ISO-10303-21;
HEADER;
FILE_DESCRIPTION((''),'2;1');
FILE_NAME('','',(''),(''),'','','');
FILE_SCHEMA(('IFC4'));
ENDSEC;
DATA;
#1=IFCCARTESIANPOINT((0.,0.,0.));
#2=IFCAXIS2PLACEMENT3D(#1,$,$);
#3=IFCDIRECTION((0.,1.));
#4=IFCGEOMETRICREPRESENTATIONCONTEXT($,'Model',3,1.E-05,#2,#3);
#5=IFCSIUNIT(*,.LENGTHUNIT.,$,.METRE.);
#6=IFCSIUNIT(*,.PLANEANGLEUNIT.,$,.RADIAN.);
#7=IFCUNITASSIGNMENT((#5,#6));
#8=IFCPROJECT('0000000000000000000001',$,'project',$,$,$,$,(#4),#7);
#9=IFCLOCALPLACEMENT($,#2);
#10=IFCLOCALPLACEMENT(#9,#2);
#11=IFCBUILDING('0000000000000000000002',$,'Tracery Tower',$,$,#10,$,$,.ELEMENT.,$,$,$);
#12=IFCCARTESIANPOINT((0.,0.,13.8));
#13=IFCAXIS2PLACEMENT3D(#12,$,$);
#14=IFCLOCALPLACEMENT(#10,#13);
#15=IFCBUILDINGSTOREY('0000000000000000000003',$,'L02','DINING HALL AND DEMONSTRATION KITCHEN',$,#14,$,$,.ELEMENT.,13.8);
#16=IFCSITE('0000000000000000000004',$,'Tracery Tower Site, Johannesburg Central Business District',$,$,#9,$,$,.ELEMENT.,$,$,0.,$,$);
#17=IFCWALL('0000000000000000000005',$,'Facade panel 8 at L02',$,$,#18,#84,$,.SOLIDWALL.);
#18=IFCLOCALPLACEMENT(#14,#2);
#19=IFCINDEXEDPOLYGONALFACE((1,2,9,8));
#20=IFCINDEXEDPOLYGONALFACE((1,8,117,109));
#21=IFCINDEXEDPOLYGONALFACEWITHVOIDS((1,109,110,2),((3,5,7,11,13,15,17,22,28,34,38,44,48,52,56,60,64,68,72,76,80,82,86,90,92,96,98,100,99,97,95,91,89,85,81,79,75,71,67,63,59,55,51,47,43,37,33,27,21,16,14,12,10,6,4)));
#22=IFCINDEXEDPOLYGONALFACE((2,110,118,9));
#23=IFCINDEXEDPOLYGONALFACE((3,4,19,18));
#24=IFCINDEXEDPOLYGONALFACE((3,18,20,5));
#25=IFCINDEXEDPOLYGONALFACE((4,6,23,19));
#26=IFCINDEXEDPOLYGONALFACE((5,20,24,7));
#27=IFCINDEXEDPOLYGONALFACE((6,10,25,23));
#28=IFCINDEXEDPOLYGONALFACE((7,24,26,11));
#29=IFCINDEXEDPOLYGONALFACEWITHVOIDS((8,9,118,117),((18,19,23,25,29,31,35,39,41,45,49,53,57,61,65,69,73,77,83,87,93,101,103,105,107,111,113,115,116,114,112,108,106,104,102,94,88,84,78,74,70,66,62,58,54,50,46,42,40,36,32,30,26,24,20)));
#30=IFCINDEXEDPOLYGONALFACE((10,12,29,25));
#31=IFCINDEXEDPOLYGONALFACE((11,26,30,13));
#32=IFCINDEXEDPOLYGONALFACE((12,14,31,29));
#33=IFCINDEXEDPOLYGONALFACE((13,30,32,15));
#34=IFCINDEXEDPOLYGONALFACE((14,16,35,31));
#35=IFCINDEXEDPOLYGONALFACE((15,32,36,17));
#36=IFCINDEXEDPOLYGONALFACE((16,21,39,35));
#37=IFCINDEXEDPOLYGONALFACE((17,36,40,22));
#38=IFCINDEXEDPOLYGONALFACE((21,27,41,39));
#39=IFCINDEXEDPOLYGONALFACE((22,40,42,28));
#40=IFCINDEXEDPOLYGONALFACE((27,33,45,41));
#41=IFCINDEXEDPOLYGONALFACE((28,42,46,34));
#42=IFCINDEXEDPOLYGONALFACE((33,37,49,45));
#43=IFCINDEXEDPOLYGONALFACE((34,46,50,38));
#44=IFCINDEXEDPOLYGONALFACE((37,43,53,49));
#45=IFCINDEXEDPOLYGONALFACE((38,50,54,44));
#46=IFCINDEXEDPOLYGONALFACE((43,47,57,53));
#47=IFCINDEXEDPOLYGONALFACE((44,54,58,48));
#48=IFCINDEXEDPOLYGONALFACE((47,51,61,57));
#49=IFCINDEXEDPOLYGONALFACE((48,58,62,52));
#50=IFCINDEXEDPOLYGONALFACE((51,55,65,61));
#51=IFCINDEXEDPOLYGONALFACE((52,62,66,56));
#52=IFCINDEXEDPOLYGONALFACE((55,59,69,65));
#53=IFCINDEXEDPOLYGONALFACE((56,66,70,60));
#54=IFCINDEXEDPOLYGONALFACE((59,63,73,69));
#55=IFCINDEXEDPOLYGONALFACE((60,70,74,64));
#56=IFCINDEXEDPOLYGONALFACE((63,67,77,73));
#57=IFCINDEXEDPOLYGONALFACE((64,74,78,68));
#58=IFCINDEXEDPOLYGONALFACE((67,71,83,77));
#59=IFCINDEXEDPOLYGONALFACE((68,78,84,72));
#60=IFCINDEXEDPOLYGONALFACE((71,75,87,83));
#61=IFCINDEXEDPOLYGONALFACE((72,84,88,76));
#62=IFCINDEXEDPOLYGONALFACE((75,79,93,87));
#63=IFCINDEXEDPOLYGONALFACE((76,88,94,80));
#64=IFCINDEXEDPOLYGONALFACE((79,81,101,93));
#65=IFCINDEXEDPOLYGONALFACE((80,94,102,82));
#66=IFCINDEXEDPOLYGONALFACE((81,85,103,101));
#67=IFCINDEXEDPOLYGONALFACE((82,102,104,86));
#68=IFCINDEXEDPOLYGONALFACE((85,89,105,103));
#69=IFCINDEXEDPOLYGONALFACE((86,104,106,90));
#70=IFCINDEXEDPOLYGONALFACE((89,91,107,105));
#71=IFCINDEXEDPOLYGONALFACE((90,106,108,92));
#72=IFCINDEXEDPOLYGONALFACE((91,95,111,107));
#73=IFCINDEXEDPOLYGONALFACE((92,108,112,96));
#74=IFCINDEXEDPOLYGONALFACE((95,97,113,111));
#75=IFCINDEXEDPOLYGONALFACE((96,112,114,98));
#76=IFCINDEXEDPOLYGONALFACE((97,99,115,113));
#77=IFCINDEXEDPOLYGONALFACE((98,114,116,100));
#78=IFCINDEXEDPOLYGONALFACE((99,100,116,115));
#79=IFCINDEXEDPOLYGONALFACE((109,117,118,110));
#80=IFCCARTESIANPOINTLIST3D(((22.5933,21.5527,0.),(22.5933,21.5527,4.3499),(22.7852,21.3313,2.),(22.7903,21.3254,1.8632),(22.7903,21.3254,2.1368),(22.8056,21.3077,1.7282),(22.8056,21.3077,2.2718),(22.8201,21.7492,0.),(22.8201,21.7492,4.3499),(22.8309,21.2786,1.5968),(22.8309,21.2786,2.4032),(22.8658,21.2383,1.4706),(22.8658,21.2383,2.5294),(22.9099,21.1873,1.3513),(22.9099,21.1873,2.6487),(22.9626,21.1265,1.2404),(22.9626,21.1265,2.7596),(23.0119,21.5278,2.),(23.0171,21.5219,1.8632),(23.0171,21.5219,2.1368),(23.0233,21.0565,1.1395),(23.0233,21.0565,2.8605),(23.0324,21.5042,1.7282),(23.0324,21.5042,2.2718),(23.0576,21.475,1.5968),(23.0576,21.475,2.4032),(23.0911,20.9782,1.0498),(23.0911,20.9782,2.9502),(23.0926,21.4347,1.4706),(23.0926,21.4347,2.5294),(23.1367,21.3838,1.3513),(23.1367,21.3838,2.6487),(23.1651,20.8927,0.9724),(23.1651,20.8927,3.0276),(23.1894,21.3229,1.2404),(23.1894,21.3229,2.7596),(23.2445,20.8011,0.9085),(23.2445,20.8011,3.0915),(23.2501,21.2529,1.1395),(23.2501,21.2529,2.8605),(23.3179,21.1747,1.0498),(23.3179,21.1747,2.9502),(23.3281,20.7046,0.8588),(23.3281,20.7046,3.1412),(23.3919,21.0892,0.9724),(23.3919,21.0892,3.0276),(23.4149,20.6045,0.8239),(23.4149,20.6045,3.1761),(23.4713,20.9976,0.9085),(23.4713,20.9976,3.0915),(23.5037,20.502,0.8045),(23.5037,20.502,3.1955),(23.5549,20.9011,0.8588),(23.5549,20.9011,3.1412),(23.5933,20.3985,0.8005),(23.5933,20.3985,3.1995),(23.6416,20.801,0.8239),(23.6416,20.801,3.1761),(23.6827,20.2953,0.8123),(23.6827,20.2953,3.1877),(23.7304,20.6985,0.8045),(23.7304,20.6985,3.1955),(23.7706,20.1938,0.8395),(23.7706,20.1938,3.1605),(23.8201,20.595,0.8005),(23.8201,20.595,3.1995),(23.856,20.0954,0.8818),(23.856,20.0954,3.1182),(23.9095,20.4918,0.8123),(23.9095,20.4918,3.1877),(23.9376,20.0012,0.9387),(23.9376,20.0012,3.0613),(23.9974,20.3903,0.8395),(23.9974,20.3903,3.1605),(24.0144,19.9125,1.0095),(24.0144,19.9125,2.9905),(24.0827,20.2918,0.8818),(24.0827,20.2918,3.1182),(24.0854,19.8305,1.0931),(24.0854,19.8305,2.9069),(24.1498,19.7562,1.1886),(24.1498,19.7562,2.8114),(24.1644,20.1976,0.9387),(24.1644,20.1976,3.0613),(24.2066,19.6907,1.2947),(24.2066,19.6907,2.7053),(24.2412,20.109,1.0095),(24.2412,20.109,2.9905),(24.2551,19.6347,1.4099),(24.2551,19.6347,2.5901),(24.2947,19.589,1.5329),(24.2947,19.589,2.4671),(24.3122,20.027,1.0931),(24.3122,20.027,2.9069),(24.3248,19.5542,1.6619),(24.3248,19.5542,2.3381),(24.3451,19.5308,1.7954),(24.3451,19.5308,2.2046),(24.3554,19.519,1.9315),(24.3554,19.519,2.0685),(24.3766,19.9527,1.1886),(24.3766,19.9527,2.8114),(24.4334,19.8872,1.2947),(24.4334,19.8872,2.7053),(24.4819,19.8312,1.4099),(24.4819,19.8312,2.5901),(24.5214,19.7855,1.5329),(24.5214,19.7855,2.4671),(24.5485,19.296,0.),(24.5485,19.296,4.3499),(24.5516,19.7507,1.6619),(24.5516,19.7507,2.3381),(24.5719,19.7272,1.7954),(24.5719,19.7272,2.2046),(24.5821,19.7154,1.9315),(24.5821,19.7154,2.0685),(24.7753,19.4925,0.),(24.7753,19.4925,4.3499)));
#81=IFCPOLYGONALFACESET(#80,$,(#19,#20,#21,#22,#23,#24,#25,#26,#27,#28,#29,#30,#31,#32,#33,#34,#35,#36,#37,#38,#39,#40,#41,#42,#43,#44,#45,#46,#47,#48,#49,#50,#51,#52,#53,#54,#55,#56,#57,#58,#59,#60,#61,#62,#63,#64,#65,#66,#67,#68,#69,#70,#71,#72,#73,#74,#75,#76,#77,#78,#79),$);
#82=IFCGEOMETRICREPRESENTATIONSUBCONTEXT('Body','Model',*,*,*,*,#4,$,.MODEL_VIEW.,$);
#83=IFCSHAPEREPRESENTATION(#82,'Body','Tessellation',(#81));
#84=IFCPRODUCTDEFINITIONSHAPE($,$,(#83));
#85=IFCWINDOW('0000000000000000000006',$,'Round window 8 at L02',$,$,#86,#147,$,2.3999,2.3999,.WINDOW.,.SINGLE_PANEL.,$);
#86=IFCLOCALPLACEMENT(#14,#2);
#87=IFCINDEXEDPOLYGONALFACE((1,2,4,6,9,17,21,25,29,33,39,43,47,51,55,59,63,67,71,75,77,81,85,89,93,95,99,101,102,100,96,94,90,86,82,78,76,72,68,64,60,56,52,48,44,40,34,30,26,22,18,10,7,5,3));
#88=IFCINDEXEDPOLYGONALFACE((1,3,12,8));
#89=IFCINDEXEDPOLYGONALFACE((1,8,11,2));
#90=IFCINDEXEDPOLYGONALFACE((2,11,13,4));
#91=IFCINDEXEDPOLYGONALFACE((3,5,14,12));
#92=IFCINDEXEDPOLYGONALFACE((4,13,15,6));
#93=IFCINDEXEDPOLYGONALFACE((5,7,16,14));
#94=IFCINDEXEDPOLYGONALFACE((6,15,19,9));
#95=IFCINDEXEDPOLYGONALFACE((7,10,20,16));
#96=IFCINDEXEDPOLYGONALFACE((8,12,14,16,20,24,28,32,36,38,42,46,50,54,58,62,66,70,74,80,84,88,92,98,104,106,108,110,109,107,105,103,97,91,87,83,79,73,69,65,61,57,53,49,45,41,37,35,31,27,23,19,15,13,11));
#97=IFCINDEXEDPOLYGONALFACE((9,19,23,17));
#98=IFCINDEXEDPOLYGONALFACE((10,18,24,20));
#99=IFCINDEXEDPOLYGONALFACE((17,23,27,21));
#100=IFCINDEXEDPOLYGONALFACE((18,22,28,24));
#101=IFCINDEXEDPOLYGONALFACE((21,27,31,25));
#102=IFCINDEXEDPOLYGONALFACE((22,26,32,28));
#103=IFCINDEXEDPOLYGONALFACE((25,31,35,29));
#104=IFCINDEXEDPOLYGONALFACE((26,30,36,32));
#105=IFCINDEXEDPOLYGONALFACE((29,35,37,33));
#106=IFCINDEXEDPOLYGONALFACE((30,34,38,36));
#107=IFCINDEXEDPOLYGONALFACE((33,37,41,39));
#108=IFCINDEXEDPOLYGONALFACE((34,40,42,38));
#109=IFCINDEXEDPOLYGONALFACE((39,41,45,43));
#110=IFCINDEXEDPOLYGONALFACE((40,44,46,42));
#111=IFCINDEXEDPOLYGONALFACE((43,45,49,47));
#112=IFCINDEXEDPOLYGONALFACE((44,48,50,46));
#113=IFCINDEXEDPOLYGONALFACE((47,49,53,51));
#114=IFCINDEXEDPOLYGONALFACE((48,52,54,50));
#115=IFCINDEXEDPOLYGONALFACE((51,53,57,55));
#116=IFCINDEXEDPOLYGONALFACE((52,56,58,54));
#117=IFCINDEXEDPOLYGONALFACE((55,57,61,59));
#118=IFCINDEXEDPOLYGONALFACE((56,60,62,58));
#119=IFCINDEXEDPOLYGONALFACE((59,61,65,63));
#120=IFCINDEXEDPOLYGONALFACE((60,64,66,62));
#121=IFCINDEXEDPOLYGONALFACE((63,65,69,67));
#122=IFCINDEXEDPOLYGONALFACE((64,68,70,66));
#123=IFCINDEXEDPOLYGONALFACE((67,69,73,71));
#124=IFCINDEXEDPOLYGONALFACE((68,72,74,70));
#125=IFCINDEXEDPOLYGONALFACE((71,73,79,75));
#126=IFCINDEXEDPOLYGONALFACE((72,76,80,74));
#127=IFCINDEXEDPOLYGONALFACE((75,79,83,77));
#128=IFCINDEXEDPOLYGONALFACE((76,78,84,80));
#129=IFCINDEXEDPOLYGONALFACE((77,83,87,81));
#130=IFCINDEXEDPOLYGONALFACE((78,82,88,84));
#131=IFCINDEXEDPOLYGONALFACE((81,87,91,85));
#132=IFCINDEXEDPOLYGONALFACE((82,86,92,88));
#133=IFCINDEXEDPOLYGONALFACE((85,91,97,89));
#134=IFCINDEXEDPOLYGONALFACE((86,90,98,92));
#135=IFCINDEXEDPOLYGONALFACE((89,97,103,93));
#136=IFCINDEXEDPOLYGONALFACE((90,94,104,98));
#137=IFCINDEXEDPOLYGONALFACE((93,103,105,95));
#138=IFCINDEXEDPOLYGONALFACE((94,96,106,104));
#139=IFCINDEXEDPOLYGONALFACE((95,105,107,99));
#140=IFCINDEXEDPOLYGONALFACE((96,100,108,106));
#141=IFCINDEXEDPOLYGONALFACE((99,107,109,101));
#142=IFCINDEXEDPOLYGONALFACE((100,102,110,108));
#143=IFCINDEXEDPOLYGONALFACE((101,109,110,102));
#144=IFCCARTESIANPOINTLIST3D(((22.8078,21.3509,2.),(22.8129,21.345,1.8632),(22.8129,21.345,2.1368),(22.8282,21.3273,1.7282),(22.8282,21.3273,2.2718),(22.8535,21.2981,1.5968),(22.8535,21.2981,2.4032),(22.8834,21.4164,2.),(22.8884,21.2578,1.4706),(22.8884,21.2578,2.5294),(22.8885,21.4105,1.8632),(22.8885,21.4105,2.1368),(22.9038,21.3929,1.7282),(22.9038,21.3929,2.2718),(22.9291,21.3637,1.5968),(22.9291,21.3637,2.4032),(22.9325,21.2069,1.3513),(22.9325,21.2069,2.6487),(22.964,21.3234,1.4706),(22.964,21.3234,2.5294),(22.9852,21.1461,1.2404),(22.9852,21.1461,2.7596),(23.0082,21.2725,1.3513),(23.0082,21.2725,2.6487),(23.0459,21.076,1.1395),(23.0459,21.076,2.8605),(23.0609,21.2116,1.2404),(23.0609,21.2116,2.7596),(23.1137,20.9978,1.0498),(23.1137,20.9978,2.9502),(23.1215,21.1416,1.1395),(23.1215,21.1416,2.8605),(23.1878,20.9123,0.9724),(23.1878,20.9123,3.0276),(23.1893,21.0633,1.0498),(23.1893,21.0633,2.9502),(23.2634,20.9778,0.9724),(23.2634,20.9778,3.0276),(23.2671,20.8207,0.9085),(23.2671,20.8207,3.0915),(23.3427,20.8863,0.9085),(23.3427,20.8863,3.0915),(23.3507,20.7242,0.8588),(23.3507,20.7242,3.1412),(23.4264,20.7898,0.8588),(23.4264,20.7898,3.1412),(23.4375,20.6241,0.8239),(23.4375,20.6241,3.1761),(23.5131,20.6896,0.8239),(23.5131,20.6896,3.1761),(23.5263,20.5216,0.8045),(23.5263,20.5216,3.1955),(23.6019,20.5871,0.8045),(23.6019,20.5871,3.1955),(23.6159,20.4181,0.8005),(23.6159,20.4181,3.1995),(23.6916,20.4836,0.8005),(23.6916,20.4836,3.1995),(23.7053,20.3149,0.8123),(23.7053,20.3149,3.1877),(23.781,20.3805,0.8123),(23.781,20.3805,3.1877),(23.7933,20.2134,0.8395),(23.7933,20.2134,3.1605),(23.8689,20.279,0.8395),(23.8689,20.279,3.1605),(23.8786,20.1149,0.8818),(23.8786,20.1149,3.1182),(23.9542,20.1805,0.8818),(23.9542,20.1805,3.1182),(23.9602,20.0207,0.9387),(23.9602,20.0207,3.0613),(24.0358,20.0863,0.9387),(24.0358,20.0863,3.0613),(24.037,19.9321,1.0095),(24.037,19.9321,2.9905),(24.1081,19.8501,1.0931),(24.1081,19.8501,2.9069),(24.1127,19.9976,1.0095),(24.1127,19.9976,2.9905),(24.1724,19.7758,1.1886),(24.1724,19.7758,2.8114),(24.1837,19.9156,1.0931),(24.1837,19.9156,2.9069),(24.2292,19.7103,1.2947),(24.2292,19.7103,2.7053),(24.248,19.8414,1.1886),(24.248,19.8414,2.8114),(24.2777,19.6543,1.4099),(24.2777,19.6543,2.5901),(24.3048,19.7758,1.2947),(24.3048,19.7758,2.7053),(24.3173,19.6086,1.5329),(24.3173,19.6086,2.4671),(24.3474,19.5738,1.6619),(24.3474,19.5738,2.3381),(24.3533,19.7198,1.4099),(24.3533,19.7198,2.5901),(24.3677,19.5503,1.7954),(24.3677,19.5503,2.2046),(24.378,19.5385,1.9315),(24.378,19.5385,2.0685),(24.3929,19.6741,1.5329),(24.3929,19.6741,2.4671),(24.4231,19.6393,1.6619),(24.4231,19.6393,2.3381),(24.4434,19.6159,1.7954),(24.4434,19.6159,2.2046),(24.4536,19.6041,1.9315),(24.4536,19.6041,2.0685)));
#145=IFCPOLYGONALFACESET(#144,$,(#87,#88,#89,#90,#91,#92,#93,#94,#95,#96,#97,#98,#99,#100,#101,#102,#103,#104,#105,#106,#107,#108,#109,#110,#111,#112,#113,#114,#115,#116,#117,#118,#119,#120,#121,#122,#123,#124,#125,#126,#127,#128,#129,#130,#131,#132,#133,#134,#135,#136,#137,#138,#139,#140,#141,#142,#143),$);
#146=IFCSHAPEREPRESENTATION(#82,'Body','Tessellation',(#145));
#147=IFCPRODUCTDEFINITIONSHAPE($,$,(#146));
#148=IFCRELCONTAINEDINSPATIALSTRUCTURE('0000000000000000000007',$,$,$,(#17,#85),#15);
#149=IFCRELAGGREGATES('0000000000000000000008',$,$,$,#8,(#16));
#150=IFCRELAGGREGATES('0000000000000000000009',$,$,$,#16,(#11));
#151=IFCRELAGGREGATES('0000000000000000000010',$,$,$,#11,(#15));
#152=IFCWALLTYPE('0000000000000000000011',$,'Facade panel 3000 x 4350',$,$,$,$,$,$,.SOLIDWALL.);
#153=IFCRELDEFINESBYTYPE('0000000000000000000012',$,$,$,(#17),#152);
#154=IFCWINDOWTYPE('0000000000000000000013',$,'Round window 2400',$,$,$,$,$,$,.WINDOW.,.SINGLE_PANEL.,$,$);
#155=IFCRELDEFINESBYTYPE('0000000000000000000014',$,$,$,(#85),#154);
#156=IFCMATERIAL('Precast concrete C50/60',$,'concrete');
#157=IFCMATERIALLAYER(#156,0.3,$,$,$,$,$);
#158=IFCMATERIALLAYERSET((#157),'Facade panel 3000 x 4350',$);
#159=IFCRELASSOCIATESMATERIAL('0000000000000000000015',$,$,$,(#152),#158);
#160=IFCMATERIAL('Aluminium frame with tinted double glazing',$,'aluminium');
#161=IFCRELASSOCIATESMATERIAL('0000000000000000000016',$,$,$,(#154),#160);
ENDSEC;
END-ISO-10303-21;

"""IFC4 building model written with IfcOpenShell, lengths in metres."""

from ifc_helpers import new_model, si_unit, direction, frame, frame_2d, origin, origin_2d, place, context, subcontext, project, spatial, rectangle, circle, extrude, material, layer, layer_set, type_object, element, fill, save


model = new_model("IFC4")

# Units and contexts
model_context = context("Model", 3, precision=1e-05, world=origin(), true_north=direction((0.0, 1.0)))
body_context = subcontext(model_context, "Body", "Model", "MODEL_VIEW")
ifc_project = project(units=[si_unit("LENGTHUNIT", "METRE"), si_unit("PLANEANGLEUNIT", "RADIAN")], contexts=[model_context])

# Site, building, storey
site_placement = place(None, origin())
site = spatial("IfcSite", under=ifc_project, at=site_placement, Name="Tracery Tower Site, Johannesburg Central Business District", CompositionType="ELEMENT", RefElevation=0.0)
building_placement = place(site_placement, origin())
building = spatial("IfcBuilding", under=site, at=building_placement, Name="Tracery Tower", CompositionType="ELEMENT")
storey_placement = place(building_placement, frame((0.0, 0.0, 13.8)))
storey = spatial("IfcBuildingStorey", under=building, at=storey_placement, Name="L02", Description="DINING HALL AND DEMONSTRATION KITCHEN", CompositionType="ELEMENT", Elevation=13.8)

# Wall, opening, window
ifc_material_1 = material(Name="Precast concrete C50/60", Category="concrete")
ifc_layer_1 = layer(ifc_material_1, 0.3)
ifc_layer_set_1 = layer_set([ifc_layer_1], Name="Facade panel 3000 x 4350")
wall_type_1 = type_object("IfcWallType", Name="Facade panel 3000 x 4350", PredefinedType="SOLIDWALL", material=ifc_layer_set_1)
ifc_material_2 = material(Name="Aluminium frame with tinted double glazing", Category="aluminium")
window_type = type_object("IfcWindowType", Name="Round window 2400", PartitioningType="SINGLE_PANEL", PredefinedType="WINDOW", material=ifc_material_2)
wall_1_placement = place(storey_placement, frame((24.6619, 19.3943, 0.0), z_axis=(0.0, 0.0, 1.0), x_axis=(-0.654809, 0.755794, 0.0)))
wall_1 = element("IfcWall", 1, at=wall_1_placement, inside=storey, type_object=wall_type_1, Name="Facade panel 8 at L02", PredefinedType="SOLIDWALL", context=body_context, shape_type="SweptSolid", body=[
    extrude(rectangle(XDim=2.9858, YDim=0.3, at=frame_2d((1.4929, 0.0))), origin(), (0.0, 0.0, 1.0), 4.3499),
])
opening_1_placement = place(wall_1_placement, frame((1.4929, 0.0, 2.0)))
opening_1 = element("IfcOpeningElement", 2, at=opening_1_placement, cuts=wall_1, PredefinedType="OPENING", context=body_context, shape_type="SweptSolid", body=[
    extrude(circle(Radius=1.2, at=origin_2d()), frame((0.0, 0.1599, 0.0), z_axis=(0.0, -1.0, 0.0), x_axis=(1.0, 0.0, 0.0)), (0.0, 0.0, 1.0), 0.3201),
])
window_1_placement = place(opening_1_placement, origin())
window_1 = element("IfcWindow", 3, at=window_1_placement, inside=storey, type_object=window_type, Name="Round window 8 at L02", OverallHeight=2.3999, OverallWidth=2.3999, PartitioningType="SINGLE_PANEL", PredefinedType="WINDOW", context=body_context, shape_type="SweptSolid", body=[
    extrude(circle(Radius=1.2, at=origin_2d()), frame((0.0, 0.1201, 0.0), z_axis=(0.0, -1.0, 0.0), x_axis=(1.0, 0.0, 0.0)), (0.0, 0.0, 1.0), 0.1001),
])
fill(opening_1, window_1)

save(model, "model.ifc")
